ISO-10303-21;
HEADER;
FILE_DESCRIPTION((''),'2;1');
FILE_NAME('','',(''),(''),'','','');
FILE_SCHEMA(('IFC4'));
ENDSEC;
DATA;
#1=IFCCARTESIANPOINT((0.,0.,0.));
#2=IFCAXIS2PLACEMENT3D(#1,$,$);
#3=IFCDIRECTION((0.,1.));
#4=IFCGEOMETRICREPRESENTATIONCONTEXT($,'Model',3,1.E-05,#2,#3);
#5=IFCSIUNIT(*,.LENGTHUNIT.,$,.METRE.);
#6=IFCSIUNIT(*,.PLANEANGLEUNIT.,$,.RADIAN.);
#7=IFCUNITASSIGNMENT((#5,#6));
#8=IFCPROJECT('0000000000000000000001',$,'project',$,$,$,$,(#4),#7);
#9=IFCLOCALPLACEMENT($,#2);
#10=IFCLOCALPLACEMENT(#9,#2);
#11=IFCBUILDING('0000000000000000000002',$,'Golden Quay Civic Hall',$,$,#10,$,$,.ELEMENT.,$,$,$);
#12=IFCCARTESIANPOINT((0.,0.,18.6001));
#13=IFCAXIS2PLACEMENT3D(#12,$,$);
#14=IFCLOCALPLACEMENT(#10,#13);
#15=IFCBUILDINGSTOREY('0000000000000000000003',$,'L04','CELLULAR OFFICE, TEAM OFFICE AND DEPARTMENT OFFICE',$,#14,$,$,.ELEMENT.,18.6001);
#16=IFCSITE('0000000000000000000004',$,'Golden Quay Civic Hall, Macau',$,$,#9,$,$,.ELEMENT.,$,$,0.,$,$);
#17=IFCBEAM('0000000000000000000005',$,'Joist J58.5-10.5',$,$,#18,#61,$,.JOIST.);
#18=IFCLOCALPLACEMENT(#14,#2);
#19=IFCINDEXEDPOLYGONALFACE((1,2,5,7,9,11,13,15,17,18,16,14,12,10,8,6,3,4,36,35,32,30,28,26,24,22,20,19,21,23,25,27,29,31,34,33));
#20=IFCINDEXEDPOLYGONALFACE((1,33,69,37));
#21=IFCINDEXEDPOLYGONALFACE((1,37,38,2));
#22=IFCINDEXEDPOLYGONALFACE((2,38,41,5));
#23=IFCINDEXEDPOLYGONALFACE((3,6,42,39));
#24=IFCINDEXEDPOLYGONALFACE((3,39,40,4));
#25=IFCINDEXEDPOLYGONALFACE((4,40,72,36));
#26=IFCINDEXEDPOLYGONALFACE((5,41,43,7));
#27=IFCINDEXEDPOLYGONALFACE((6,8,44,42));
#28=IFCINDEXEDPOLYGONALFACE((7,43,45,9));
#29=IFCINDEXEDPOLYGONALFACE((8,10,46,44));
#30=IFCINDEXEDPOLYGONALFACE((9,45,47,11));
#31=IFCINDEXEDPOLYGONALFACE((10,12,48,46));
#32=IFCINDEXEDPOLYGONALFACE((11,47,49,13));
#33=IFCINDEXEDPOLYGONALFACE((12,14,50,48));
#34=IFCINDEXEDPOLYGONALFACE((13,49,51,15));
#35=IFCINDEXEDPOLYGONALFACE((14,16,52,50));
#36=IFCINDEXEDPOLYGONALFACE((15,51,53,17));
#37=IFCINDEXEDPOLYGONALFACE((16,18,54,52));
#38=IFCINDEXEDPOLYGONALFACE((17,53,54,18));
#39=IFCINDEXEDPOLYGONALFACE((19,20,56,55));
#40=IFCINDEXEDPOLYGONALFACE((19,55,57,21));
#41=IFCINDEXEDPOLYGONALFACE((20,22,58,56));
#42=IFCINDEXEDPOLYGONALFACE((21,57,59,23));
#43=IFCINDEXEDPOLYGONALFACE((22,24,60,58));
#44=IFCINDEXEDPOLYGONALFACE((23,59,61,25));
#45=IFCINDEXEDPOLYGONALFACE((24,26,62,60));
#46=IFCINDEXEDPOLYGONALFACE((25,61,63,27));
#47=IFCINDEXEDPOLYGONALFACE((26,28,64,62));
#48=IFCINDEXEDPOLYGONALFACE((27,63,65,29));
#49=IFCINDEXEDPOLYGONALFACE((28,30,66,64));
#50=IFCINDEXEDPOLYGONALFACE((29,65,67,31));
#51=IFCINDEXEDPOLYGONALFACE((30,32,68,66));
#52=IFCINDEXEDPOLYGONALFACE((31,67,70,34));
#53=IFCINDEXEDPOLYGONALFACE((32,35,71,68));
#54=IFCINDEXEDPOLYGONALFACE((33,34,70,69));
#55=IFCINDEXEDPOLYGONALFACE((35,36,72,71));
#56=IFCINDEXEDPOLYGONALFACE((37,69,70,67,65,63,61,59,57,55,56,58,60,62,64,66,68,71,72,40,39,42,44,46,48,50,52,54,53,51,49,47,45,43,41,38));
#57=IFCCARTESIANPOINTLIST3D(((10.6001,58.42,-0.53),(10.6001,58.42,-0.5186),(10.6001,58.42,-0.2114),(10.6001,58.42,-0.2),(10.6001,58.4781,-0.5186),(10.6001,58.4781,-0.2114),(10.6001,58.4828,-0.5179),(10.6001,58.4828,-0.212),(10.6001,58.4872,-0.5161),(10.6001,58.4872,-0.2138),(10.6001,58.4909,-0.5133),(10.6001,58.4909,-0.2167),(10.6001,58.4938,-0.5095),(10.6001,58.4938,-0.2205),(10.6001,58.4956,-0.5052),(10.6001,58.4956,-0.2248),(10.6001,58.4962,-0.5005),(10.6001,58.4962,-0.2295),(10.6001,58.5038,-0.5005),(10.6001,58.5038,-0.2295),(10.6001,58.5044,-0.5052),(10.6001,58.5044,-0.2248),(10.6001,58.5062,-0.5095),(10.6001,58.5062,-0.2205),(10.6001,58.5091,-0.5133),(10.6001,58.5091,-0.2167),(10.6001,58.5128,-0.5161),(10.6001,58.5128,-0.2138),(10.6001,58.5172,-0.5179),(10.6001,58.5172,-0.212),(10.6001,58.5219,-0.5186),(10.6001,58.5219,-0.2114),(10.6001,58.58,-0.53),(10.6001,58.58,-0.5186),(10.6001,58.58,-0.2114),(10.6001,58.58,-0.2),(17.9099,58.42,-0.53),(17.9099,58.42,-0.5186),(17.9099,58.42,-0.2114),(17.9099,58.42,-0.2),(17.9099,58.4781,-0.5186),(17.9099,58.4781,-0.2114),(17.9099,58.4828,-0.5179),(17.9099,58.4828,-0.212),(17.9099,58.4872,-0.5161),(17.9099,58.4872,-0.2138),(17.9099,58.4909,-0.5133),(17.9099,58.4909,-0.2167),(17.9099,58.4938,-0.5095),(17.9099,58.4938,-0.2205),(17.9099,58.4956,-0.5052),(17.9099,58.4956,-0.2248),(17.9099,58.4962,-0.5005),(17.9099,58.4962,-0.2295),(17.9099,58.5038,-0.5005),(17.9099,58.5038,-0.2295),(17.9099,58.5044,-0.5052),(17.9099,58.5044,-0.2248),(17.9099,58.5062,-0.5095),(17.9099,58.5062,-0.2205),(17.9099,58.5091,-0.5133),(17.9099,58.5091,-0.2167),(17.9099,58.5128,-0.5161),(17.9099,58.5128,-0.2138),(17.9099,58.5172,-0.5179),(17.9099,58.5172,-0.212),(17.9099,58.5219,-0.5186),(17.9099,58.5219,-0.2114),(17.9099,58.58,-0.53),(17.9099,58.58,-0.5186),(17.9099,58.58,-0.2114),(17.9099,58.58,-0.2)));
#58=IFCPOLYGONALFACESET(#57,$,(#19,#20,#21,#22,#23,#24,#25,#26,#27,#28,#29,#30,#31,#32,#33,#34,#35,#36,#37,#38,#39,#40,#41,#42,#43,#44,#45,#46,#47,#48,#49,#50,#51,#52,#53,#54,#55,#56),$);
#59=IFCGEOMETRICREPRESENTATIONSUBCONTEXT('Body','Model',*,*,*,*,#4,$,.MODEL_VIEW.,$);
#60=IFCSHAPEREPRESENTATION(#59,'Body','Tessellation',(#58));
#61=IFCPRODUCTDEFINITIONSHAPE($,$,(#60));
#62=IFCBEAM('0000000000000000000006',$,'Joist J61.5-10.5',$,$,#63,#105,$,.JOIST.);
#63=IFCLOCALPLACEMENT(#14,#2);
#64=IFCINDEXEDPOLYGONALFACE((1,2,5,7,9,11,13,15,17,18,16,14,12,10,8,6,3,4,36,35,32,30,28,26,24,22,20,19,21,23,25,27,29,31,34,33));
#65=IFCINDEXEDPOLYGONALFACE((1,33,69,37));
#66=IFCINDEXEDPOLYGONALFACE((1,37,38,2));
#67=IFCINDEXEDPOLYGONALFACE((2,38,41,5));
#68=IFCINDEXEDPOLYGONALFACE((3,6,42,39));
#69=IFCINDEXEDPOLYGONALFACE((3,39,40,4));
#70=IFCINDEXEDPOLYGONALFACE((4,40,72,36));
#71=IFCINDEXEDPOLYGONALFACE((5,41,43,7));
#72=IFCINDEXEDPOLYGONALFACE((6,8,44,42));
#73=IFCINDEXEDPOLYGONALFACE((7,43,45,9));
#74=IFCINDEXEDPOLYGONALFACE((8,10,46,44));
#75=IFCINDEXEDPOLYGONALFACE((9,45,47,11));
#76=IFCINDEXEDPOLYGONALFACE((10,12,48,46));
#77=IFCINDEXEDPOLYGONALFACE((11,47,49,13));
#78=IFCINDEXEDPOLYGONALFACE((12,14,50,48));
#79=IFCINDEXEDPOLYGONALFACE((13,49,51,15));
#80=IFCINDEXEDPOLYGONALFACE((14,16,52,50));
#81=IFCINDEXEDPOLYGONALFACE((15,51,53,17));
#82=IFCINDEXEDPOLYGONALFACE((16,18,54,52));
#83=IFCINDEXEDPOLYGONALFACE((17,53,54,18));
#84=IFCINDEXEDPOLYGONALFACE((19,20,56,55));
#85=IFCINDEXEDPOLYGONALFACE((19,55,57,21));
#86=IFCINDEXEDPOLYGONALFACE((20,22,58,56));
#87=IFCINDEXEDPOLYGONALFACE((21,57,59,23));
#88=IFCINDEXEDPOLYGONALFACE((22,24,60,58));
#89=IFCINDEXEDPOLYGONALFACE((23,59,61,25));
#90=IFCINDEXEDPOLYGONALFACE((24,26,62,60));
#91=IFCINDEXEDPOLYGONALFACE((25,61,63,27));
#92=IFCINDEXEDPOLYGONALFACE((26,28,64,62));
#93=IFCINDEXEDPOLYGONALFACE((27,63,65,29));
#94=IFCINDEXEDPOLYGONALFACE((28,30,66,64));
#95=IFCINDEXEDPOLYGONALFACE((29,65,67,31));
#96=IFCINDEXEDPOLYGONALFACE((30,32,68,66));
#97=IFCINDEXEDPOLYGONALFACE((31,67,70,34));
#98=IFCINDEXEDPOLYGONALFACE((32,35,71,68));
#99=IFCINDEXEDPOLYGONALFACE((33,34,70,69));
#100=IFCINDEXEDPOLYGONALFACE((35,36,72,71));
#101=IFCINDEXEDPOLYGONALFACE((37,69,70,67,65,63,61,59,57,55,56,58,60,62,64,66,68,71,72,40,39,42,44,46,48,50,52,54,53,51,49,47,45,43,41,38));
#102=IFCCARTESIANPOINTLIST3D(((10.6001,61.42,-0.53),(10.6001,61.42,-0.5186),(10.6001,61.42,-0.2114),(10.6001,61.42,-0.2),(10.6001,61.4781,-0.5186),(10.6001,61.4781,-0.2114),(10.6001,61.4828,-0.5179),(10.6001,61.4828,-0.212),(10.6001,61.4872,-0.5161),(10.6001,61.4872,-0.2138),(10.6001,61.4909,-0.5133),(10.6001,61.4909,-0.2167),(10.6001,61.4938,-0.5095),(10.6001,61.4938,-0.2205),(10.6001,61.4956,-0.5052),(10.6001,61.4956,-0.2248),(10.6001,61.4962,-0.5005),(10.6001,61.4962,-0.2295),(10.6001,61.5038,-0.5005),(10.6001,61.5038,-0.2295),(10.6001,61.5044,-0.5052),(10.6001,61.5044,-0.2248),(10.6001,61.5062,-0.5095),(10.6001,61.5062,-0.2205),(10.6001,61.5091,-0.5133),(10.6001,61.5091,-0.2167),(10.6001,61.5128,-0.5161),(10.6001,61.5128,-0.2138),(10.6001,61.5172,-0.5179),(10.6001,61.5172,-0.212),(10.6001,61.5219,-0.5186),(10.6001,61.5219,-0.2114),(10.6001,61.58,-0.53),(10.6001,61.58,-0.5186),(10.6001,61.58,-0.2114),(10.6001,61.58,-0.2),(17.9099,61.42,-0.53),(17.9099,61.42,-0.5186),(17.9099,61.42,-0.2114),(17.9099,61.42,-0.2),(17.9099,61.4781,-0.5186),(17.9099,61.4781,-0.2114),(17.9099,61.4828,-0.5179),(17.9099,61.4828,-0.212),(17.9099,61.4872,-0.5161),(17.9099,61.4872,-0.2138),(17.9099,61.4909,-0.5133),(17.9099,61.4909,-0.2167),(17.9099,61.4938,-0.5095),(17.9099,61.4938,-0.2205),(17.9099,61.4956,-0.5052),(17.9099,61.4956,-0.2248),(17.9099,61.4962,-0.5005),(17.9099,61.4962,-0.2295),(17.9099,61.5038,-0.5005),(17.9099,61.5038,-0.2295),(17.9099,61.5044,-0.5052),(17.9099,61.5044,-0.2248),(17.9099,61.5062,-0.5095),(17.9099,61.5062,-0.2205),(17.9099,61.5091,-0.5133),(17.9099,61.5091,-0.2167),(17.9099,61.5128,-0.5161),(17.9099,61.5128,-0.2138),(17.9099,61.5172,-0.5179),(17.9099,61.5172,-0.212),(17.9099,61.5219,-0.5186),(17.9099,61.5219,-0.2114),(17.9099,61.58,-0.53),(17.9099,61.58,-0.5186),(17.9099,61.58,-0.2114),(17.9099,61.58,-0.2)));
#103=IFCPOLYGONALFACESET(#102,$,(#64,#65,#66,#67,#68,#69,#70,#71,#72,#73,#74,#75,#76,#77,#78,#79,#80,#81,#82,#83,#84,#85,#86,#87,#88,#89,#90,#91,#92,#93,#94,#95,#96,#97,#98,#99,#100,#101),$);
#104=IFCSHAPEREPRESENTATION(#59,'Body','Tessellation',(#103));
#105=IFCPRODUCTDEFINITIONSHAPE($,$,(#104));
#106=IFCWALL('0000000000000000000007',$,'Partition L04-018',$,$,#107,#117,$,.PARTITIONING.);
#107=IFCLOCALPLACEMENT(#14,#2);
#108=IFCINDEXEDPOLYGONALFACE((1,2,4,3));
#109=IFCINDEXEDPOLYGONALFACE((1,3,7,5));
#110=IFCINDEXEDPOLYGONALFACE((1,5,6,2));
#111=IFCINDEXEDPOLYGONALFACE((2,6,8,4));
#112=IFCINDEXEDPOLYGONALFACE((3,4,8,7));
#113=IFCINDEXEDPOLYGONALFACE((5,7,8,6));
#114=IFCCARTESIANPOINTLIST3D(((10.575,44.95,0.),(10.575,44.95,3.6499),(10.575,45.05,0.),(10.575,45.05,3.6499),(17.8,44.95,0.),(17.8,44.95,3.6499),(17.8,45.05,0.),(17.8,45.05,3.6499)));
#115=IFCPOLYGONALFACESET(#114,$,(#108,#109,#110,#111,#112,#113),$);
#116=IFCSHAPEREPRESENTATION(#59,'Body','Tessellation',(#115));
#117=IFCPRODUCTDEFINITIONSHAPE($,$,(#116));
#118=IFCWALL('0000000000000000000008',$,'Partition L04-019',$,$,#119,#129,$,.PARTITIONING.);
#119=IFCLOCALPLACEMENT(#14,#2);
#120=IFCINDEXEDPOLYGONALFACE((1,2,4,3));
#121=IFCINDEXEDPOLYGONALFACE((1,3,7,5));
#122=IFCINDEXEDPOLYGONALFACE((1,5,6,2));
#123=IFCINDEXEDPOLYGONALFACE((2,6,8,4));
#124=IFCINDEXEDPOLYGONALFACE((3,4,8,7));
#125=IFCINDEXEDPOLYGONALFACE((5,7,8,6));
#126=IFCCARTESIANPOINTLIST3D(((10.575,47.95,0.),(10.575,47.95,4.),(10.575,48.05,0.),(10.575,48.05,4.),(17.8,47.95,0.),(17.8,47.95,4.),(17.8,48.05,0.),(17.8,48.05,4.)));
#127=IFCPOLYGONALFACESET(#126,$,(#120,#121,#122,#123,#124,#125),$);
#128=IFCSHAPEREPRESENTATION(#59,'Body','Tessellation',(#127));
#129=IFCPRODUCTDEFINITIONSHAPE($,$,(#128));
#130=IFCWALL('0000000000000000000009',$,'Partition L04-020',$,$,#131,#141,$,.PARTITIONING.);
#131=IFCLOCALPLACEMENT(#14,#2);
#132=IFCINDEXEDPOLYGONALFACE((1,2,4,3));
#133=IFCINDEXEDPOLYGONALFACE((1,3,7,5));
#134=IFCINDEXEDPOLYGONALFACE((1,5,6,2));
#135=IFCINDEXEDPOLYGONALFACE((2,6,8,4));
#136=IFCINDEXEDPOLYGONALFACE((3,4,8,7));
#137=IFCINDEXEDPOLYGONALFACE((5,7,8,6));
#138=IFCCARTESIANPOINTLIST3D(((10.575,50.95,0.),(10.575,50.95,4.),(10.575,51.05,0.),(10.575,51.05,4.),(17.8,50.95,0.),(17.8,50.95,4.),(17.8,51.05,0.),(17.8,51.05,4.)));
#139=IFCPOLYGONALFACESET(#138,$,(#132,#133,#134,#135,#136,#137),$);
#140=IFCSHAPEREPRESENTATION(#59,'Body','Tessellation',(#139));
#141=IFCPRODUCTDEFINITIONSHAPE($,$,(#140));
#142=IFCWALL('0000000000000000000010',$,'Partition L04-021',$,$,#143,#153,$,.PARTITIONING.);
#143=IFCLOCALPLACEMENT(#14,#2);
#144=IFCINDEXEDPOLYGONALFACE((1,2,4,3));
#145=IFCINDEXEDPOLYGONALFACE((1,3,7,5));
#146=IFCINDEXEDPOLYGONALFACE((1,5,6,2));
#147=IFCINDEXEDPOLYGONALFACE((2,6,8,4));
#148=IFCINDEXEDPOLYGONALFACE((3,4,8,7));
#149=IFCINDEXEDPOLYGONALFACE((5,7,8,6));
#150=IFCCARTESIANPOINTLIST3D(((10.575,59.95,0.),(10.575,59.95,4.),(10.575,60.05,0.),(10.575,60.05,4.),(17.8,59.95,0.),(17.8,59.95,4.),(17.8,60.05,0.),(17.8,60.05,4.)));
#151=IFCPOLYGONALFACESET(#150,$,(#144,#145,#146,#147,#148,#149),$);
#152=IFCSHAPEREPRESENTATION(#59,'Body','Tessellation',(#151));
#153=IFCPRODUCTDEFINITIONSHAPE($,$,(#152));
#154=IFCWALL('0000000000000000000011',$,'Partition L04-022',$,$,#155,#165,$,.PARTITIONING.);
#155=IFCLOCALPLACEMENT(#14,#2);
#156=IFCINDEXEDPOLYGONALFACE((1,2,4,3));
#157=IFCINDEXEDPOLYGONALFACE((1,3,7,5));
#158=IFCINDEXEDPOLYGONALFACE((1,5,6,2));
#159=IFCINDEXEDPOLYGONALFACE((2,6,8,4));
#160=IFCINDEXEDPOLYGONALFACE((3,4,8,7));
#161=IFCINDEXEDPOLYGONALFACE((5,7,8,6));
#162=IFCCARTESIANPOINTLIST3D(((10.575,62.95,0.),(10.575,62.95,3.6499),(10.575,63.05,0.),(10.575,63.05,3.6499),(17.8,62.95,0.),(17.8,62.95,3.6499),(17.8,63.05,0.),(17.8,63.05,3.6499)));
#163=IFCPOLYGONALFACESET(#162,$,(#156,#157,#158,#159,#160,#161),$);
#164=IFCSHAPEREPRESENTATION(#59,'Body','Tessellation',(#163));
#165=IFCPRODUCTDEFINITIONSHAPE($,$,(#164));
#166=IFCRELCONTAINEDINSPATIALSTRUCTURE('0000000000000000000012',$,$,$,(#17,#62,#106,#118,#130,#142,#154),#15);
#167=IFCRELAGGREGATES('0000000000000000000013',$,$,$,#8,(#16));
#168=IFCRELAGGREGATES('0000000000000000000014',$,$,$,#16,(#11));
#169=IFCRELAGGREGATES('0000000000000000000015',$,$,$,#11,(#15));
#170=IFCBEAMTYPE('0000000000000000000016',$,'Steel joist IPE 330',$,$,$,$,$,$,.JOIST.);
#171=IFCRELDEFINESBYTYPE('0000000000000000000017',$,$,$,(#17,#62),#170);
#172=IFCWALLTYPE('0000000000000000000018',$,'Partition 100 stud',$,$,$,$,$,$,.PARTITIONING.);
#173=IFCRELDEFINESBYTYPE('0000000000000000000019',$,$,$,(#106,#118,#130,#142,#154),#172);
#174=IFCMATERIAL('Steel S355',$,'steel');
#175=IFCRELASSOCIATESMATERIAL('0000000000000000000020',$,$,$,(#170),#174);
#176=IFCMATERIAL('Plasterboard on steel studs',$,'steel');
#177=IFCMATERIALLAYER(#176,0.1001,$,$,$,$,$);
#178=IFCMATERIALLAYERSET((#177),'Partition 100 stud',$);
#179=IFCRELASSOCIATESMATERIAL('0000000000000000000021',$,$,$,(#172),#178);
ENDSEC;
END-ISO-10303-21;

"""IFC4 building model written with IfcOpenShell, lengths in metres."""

from ifc_helpers import new_model, si_unit, direction, frame, frame_2d, origin, origin_2d, place, context, subcontext, project, spatial, rectangle, i_section, extrude, material, layer, layer_set, material_profile, profile_set, type_object, element, save


model = new_model("IFC4")

# Units and contexts
model_context = context("Model", 3, precision=1e-05, world=origin(), true_north=direction((0.0, 1.0)))
body_context = subcontext(model_context, "Body", "Model", "MODEL_VIEW")
ifc_project = project(units=[si_unit("LENGTHUNIT", "METRE"), si_unit("PLANEANGLEUNIT", "RADIAN")], contexts=[model_context])

# Site, building, storey
site_placement = place(None, origin())
site = spatial("IfcSite", under=ifc_project, at=site_placement, Name="Golden Quay Civic Hall, Macau", CompositionType="ELEMENT", RefElevation=0.0)
building_placement = place(site_placement, origin())
building = spatial("IfcBuilding", under=site, at=building_placement, Name="Golden Quay Civic Hall", CompositionType="ELEMENT")
storey_placement = place(building_placement, frame((0.0, 0.0, 18.6001)))
storey = spatial("IfcBuildingStorey", under=building, at=storey_placement, Name="L04", Description="CELLULAR OFFICE, TEAM OFFICE AND DEPARTMENT OFFICE", CompositionType="ELEMENT", Elevation=18.6001)

# Beams
ifc_material_1 = material(Name="Steel S355", Category="steel")
ifc_material_profile_1 = material_profile(ifc_material_1, i_section(OverallWidth=0.1599, OverallDepth=0.3301, WebThickness=0.0076, FlangeThickness=0.0115, FilletRadius=0.0181, at=origin_2d()), Name="IPE 330")
ifc_profile_set_1 = profile_set([ifc_material_profile_1], Name="Steel S355")
beam_type_1 = type_object("IfcBeamType", Name="Steel joist IPE 330", PredefinedType="JOIST", material=ifc_profile_set_1)
for number, where, z_axis, x_axis, name in (
    (1, (10.6001, 58.5, -0.365), (1.0, 0.0, 0.0), (0.0, 1.0, 0.0), "Joist J58.5-10.5"),
    (2, (10.6001, 61.5, -0.365), (1.0, 0.0, 0.0), (0.0, 1.0, 0.0), "Joist J61.5-10.5"),
):
    element("IfcBeam", number, at=place(storey_placement, frame(where, z_axis=z_axis, x_axis=x_axis)), inside=storey, type_object=beam_type_1, Name=name, PredefinedType="JOIST", context=body_context, shape_type="SweptSolid", body=[
        extrude(i_section(OverallWidth=0.1599, OverallDepth=0.3301, WebThickness=0.0076, FlangeThickness=0.0115, FilletRadius=0.0181, at=origin_2d()), origin(), (0.0, 0.0, 1.0), 7.3098),
    ])

# Walls
ifc_material_2 = material(Name="Plasterboard on steel studs", Category="steel")
ifc_layer = layer(ifc_material_2, 0.1001)
ifc_layer_set = layer_set([ifc_layer], Name="Partition 100 stud")
wall_type = type_object("IfcWallType", Name="Partition 100 stud", PredefinedType="PARTITIONING", material=ifc_layer_set)
wall_1_placement = place(storey_placement, frame((10.575, 45.0, 0.0), z_axis=(0.0, 0.0, 1.0), x_axis=(1.0, 0.0, 0.0)))
element("IfcWall", 3, at=wall_1_placement, inside=storey, type_object=wall_type, Name="Partition L04-018", PredefinedType="PARTITIONING", context=body_context, shape_type="SweptSolid", body=[
    extrude(rectangle(XDim=7.2251, YDim=0.1001, at=frame_2d((3.6125, 0.0))), origin(), (0.0, 0.0, 1.0), 3.6499),
])
for number, where, z_axis, x_axis, name in (
    (4, (10.575, 48.0, 0.0), (0.0, 0.0, 1.0), (1.0, 0.0, 0.0), "Partition L04-019"),
    (5, (10.575, 51.0, 0.0), (0.0, 0.0, 1.0), (1.0, 0.0, 0.0), "Partition L04-020"),
    (6, (10.575, 60.0, 0.0), (0.0, 0.0, 1.0), (1.0, 0.0, 0.0), "Partition L04-021"),
):
    element("IfcWall", number, at=place(storey_placement, frame(where, z_axis=z_axis, x_axis=x_axis)), inside=storey, type_object=wall_type, Name=name, PredefinedType="PARTITIONING", context=body_context, shape_type="SweptSolid", body=[
        extrude(rectangle(XDim=7.2251, YDim=0.1001, at=frame_2d((3.6125, 0.0))), origin(), (0.0, 0.0, 1.0), 4.0),
    ])
wall_2_placement = place(storey_placement, frame((10.575, 63.0, 0.0), z_axis=(0.0, 0.0, 1.0), x_axis=(1.0, 0.0, 0.0)))
element("IfcWall", 7, at=wall_2_placement, inside=storey, type_object=wall_type, Name="Partition L04-022", PredefinedType="PARTITIONING", context=body_context, shape_type="SweptSolid", body=[
    extrude(rectangle(XDim=7.2251, YDim=0.1001, at=frame_2d((3.6125, 0.0))), origin(), (0.0, 0.0, 1.0), 3.6499),
])

save(model, "model.ifc")
